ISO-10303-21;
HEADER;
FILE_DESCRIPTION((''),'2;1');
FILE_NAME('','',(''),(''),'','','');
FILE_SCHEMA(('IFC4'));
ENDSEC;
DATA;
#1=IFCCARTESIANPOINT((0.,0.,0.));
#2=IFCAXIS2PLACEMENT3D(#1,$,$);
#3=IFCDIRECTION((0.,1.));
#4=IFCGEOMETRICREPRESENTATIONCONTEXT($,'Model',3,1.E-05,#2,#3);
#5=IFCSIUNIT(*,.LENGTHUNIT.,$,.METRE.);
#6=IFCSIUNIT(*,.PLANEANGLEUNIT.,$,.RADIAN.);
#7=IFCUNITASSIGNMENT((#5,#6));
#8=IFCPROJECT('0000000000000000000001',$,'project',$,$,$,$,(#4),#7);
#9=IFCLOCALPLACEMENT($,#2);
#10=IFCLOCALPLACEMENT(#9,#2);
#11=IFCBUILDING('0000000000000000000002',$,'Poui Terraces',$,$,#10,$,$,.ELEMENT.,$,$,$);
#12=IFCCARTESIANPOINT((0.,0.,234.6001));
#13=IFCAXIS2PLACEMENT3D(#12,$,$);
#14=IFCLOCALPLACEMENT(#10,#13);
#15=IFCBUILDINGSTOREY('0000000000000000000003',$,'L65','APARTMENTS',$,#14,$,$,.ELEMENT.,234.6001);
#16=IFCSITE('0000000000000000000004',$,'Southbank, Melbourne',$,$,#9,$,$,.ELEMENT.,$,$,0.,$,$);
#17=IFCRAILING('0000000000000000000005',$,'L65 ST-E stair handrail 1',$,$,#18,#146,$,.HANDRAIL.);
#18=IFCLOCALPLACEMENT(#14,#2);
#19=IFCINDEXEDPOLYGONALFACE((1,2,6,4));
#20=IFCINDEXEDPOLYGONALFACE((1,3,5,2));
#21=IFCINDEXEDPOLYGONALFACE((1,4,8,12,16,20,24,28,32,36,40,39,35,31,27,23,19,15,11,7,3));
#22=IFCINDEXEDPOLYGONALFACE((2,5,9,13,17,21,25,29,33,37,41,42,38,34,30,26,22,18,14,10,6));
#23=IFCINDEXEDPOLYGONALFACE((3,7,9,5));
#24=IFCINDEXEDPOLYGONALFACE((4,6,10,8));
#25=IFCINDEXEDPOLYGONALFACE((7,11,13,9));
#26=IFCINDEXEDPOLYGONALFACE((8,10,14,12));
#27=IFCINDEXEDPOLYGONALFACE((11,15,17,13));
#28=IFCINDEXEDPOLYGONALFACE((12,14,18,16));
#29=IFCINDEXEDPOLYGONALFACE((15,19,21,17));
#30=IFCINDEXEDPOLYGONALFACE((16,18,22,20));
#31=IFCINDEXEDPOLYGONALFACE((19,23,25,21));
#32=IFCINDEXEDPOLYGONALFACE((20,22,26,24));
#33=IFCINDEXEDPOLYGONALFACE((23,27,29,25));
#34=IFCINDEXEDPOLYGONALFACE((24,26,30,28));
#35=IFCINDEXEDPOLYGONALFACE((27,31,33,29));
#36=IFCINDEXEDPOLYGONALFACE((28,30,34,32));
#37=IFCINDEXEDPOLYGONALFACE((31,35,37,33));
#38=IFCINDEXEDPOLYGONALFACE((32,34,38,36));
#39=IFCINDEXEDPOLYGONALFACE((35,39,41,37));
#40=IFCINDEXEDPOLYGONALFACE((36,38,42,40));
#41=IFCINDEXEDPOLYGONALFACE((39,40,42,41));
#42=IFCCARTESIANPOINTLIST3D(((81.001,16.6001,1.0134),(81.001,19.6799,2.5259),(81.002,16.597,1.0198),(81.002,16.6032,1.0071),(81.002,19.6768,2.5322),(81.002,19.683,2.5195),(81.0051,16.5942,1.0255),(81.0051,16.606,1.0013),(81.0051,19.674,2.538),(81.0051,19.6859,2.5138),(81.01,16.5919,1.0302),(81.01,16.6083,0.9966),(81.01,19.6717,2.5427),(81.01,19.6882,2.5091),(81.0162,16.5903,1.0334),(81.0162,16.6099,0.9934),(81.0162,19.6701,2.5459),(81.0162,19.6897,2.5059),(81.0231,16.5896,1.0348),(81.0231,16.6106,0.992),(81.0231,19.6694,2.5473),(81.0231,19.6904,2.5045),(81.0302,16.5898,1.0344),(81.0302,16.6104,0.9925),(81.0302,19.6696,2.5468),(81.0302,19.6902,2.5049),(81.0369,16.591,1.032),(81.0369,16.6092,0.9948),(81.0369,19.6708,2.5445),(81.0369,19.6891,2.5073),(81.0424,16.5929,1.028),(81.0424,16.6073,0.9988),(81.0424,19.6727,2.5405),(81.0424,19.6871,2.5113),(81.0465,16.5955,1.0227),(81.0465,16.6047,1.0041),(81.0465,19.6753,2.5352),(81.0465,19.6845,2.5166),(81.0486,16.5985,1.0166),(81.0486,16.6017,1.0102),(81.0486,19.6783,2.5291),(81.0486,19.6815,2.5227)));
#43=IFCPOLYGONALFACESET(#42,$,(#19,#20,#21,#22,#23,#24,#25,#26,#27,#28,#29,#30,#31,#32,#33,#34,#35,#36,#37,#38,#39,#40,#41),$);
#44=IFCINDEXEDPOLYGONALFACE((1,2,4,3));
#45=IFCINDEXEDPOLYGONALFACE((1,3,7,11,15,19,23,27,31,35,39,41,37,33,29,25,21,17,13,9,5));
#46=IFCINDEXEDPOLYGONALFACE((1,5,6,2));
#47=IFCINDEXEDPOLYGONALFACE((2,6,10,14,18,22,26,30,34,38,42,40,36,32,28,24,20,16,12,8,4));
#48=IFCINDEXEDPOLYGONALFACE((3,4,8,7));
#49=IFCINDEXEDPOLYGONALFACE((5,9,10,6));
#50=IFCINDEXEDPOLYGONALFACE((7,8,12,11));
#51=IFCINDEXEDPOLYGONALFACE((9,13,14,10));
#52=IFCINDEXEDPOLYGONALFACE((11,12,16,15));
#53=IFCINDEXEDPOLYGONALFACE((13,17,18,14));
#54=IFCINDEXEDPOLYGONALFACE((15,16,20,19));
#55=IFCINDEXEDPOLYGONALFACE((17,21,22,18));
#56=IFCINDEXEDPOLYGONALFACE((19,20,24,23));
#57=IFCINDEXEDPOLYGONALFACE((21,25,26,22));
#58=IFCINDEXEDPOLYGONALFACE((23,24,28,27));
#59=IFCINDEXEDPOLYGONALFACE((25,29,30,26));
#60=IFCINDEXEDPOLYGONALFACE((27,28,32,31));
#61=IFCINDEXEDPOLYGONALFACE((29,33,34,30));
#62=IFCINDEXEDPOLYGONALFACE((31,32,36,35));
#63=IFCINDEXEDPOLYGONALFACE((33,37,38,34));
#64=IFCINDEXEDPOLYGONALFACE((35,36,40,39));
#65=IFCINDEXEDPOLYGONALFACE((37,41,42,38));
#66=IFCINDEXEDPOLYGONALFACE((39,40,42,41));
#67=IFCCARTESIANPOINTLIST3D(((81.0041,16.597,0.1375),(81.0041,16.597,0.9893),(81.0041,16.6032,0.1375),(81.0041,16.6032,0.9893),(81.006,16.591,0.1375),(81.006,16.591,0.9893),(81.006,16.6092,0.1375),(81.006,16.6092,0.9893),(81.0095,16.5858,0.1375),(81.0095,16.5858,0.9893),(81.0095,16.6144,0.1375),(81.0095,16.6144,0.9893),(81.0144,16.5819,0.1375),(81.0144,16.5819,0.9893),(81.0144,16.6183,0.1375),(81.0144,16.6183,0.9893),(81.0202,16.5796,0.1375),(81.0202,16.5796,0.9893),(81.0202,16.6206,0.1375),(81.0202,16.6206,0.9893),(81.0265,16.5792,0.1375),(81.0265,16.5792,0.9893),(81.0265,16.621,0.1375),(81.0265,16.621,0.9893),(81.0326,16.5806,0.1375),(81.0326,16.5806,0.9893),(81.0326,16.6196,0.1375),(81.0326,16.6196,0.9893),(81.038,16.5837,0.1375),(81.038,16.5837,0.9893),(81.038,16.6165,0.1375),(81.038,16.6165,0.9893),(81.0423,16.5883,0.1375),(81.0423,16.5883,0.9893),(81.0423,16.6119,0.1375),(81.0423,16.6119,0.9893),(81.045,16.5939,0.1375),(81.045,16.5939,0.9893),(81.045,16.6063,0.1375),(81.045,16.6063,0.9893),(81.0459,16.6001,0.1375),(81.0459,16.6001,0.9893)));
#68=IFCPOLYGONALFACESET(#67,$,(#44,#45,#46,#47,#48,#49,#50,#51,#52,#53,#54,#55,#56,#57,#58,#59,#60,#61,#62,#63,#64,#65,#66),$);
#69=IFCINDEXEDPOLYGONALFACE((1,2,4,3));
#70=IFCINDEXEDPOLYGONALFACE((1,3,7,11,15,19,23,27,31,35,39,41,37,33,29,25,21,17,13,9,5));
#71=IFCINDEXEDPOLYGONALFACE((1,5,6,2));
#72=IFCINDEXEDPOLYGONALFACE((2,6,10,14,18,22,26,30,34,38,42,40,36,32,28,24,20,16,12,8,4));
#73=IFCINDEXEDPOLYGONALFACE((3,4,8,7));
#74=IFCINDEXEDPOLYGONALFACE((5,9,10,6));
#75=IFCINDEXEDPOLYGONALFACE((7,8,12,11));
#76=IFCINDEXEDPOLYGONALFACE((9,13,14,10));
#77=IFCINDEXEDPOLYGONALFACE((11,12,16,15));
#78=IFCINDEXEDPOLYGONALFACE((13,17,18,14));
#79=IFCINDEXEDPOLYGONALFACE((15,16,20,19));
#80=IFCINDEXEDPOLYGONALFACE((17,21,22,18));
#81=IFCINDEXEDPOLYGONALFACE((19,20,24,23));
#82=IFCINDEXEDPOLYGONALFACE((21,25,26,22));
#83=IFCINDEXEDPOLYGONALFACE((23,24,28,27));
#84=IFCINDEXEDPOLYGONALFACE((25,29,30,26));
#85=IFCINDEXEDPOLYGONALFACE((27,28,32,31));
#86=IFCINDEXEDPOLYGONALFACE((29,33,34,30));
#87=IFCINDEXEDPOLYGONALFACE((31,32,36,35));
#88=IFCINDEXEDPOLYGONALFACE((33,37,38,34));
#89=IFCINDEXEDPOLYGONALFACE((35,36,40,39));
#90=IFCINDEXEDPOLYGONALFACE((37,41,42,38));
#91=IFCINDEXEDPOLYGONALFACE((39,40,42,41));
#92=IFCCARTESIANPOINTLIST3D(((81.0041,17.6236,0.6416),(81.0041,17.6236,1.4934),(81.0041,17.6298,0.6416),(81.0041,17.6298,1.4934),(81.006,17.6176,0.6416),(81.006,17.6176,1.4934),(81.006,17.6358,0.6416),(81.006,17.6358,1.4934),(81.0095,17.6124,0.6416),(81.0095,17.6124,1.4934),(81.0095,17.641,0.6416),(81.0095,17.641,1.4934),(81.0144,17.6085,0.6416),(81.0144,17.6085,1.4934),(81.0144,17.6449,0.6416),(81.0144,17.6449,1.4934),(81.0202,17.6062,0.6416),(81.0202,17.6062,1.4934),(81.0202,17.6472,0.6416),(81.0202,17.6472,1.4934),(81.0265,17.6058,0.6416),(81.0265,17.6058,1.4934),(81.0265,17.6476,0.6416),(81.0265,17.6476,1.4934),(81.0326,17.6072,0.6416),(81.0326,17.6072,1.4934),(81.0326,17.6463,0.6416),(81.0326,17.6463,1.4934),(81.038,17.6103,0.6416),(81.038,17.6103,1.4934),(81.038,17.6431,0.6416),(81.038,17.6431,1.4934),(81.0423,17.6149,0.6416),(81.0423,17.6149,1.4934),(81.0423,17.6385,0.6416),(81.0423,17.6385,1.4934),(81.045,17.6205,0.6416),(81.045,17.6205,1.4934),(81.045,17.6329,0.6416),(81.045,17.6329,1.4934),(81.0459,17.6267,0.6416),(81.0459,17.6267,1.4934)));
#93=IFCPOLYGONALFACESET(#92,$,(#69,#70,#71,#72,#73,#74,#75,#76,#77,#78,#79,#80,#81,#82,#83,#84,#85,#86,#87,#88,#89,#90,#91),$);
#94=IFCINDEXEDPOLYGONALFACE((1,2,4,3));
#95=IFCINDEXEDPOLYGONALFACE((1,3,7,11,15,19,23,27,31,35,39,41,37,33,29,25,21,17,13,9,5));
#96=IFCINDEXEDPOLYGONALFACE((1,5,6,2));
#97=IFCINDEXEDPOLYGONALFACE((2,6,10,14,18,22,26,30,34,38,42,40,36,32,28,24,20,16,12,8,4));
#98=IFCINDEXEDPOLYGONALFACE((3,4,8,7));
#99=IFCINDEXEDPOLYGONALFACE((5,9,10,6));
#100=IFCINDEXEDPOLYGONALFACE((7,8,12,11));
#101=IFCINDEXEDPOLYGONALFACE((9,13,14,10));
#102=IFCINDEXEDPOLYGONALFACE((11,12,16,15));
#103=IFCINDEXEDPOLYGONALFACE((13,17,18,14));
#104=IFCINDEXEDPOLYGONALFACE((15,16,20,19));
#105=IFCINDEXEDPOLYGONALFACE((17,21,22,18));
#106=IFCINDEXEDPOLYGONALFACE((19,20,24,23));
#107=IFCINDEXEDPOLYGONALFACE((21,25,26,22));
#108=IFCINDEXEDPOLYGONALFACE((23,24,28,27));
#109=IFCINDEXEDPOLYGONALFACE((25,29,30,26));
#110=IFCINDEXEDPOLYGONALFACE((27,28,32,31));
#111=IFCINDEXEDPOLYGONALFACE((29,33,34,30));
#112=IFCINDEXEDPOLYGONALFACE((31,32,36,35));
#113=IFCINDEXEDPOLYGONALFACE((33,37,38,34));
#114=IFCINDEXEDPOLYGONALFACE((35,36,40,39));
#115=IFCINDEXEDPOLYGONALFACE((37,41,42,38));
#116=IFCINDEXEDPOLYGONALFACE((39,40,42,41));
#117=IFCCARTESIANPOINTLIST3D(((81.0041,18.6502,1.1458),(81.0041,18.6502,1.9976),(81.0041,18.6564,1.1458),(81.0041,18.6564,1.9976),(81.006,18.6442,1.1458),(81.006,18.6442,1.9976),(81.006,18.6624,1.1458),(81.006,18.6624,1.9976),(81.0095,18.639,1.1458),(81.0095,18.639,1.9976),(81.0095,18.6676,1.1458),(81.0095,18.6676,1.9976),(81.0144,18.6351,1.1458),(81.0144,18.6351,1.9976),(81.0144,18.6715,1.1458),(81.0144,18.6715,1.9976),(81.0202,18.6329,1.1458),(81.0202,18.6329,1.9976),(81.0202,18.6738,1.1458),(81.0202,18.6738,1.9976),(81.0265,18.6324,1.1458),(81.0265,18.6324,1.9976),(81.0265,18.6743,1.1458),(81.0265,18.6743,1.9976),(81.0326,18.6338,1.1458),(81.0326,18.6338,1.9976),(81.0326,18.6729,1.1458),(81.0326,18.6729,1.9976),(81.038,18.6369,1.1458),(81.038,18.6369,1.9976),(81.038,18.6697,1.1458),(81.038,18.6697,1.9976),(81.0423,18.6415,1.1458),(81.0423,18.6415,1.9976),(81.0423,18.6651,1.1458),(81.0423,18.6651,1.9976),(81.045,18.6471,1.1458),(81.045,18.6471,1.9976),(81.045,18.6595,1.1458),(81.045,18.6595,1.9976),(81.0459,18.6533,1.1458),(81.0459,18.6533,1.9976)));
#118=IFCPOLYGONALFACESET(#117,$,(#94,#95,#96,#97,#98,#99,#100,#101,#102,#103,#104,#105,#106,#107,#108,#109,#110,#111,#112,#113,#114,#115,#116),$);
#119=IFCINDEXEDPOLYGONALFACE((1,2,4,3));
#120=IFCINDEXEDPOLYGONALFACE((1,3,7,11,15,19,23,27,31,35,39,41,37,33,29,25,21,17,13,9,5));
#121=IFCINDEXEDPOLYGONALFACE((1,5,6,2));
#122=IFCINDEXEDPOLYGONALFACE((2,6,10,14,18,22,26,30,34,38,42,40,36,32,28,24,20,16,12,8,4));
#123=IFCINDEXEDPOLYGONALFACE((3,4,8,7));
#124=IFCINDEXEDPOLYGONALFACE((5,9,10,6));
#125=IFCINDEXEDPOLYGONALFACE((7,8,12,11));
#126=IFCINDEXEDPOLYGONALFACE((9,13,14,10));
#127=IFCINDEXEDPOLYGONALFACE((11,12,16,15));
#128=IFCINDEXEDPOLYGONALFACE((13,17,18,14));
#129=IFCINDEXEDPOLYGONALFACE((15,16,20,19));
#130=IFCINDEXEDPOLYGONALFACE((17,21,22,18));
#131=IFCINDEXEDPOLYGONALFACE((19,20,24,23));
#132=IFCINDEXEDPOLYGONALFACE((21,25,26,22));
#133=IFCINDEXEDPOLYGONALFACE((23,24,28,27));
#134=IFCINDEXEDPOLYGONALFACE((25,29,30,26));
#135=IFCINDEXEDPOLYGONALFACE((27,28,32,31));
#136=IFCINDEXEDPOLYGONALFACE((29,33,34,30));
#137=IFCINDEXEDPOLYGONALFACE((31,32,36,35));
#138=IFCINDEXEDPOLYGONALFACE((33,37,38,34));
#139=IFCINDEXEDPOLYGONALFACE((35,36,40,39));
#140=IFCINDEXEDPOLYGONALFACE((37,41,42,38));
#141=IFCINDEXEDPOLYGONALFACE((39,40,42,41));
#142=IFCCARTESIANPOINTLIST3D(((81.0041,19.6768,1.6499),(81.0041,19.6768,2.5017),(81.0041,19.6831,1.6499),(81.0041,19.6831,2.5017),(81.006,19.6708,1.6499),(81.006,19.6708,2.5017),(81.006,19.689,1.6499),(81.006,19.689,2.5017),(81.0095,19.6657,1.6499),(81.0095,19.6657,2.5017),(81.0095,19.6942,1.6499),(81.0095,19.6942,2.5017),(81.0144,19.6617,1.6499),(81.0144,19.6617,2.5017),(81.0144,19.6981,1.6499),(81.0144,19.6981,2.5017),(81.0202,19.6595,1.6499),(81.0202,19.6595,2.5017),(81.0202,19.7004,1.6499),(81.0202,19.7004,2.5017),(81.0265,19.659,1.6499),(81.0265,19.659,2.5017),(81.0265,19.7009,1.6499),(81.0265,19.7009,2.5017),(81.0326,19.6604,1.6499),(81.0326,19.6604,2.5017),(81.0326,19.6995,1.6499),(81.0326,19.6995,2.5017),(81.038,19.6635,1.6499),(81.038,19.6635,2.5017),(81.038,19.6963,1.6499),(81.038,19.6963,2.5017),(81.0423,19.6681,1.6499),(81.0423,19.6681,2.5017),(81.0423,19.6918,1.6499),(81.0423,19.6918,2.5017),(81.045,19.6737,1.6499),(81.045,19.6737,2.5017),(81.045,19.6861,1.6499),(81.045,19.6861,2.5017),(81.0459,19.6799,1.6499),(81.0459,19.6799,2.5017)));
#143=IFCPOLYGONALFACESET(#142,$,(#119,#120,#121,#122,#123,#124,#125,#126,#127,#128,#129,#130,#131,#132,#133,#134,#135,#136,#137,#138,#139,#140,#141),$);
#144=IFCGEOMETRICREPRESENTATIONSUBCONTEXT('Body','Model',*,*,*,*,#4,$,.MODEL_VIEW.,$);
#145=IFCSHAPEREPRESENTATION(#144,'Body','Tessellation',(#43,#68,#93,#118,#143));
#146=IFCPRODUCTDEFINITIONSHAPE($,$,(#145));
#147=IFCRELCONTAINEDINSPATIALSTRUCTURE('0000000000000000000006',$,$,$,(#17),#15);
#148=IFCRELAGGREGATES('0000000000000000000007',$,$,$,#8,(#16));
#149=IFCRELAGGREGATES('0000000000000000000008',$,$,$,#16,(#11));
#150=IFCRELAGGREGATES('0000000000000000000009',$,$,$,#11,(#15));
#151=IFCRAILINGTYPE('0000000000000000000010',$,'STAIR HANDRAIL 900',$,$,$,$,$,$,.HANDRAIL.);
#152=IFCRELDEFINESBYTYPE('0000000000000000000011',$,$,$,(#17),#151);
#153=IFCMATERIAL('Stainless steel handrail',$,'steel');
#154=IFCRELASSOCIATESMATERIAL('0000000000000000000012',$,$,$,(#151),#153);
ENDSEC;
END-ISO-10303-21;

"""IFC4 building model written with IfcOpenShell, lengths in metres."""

from ifc_helpers import new_model, si_unit, direction, frame, origin, origin_2d, place, context, subcontext, project, spatial, circle, extrude, material, type_object, element, save


model = new_model("IFC4")

# Units and contexts
model_context = context("Model", 3, precision=1e-05, world=origin(), true_north=direction((0.0, 1.0)))
body_context = subcontext(model_context, "Body", "Model", "MODEL_VIEW")
ifc_project = project(units=[si_unit("LENGTHUNIT", "METRE"), si_unit("PLANEANGLEUNIT", "RADIAN")], contexts=[model_context])

# Site, building, storey
site_placement = place(None, origin())
site = spatial("IfcSite", under=ifc_project, at=site_placement, Name="Southbank, Melbourne", CompositionType="ELEMENT", RefElevation=0.0)
building_placement = place(site_placement, origin())
building = spatial("IfcBuilding", under=site, at=building_placement, Name="Poui Terraces", CompositionType="ELEMENT")
storey_placement = place(building_placement, frame((0.0, 0.0, 234.6001)))
storey = spatial("IfcBuildingStorey", under=building, at=storey_placement, Name="L65", Description="APARTMENTS", CompositionType="ELEMENT", Elevation=234.6001)

# Railing
ifc_material_1 = material(Name="Stainless steel handrail", Category="steel")
railing_type_1 = type_object("IfcRailingType", Name="STAIR HANDRAIL 900", PredefinedType="HANDRAIL", material=ifc_material_1)
railing_1_placement = place(storey_placement, frame((81.0249, 16.6001, 0.1375)))
element("IfcRailing", 1, at=railing_1_placement, inside=storey, type_object=railing_type_1, Name="L65 ST-E stair handrail 1", PredefinedType="HANDRAIL", context=body_context, shape_type="SweptSolid", body=[
    extrude(circle(Radius=0.0239, at=origin_2d()), frame((0.0, 0.0, 0.876), z_axis=(0.0, 0.897606, 0.440798), x_axis=(-1.0, 0.0, 0.0)), (0.0, 0.0, 1.0), 3.4312),
    extrude(circle(Radius=0.021, at=origin_2d()), origin(), (0.0, 0.0, 1.0), 0.8518),
    extrude(circle(Radius=0.021, at=origin_2d()), frame((0.0, 1.0266, 0.5042)), (0.0, 0.0, 1.0), 0.8518),
    extrude(circle(Radius=0.021, at=origin_2d()), frame((0.0, 2.0532, 1.0083)), (0.0, 0.0, 1.0), 0.8518),
    extrude(circle(Radius=0.021, at=origin_2d()), frame((0.0, 3.0798, 1.5125)), (0.0, 0.0, 1.0), 0.8518),
])

save(model, "model.ifc")
